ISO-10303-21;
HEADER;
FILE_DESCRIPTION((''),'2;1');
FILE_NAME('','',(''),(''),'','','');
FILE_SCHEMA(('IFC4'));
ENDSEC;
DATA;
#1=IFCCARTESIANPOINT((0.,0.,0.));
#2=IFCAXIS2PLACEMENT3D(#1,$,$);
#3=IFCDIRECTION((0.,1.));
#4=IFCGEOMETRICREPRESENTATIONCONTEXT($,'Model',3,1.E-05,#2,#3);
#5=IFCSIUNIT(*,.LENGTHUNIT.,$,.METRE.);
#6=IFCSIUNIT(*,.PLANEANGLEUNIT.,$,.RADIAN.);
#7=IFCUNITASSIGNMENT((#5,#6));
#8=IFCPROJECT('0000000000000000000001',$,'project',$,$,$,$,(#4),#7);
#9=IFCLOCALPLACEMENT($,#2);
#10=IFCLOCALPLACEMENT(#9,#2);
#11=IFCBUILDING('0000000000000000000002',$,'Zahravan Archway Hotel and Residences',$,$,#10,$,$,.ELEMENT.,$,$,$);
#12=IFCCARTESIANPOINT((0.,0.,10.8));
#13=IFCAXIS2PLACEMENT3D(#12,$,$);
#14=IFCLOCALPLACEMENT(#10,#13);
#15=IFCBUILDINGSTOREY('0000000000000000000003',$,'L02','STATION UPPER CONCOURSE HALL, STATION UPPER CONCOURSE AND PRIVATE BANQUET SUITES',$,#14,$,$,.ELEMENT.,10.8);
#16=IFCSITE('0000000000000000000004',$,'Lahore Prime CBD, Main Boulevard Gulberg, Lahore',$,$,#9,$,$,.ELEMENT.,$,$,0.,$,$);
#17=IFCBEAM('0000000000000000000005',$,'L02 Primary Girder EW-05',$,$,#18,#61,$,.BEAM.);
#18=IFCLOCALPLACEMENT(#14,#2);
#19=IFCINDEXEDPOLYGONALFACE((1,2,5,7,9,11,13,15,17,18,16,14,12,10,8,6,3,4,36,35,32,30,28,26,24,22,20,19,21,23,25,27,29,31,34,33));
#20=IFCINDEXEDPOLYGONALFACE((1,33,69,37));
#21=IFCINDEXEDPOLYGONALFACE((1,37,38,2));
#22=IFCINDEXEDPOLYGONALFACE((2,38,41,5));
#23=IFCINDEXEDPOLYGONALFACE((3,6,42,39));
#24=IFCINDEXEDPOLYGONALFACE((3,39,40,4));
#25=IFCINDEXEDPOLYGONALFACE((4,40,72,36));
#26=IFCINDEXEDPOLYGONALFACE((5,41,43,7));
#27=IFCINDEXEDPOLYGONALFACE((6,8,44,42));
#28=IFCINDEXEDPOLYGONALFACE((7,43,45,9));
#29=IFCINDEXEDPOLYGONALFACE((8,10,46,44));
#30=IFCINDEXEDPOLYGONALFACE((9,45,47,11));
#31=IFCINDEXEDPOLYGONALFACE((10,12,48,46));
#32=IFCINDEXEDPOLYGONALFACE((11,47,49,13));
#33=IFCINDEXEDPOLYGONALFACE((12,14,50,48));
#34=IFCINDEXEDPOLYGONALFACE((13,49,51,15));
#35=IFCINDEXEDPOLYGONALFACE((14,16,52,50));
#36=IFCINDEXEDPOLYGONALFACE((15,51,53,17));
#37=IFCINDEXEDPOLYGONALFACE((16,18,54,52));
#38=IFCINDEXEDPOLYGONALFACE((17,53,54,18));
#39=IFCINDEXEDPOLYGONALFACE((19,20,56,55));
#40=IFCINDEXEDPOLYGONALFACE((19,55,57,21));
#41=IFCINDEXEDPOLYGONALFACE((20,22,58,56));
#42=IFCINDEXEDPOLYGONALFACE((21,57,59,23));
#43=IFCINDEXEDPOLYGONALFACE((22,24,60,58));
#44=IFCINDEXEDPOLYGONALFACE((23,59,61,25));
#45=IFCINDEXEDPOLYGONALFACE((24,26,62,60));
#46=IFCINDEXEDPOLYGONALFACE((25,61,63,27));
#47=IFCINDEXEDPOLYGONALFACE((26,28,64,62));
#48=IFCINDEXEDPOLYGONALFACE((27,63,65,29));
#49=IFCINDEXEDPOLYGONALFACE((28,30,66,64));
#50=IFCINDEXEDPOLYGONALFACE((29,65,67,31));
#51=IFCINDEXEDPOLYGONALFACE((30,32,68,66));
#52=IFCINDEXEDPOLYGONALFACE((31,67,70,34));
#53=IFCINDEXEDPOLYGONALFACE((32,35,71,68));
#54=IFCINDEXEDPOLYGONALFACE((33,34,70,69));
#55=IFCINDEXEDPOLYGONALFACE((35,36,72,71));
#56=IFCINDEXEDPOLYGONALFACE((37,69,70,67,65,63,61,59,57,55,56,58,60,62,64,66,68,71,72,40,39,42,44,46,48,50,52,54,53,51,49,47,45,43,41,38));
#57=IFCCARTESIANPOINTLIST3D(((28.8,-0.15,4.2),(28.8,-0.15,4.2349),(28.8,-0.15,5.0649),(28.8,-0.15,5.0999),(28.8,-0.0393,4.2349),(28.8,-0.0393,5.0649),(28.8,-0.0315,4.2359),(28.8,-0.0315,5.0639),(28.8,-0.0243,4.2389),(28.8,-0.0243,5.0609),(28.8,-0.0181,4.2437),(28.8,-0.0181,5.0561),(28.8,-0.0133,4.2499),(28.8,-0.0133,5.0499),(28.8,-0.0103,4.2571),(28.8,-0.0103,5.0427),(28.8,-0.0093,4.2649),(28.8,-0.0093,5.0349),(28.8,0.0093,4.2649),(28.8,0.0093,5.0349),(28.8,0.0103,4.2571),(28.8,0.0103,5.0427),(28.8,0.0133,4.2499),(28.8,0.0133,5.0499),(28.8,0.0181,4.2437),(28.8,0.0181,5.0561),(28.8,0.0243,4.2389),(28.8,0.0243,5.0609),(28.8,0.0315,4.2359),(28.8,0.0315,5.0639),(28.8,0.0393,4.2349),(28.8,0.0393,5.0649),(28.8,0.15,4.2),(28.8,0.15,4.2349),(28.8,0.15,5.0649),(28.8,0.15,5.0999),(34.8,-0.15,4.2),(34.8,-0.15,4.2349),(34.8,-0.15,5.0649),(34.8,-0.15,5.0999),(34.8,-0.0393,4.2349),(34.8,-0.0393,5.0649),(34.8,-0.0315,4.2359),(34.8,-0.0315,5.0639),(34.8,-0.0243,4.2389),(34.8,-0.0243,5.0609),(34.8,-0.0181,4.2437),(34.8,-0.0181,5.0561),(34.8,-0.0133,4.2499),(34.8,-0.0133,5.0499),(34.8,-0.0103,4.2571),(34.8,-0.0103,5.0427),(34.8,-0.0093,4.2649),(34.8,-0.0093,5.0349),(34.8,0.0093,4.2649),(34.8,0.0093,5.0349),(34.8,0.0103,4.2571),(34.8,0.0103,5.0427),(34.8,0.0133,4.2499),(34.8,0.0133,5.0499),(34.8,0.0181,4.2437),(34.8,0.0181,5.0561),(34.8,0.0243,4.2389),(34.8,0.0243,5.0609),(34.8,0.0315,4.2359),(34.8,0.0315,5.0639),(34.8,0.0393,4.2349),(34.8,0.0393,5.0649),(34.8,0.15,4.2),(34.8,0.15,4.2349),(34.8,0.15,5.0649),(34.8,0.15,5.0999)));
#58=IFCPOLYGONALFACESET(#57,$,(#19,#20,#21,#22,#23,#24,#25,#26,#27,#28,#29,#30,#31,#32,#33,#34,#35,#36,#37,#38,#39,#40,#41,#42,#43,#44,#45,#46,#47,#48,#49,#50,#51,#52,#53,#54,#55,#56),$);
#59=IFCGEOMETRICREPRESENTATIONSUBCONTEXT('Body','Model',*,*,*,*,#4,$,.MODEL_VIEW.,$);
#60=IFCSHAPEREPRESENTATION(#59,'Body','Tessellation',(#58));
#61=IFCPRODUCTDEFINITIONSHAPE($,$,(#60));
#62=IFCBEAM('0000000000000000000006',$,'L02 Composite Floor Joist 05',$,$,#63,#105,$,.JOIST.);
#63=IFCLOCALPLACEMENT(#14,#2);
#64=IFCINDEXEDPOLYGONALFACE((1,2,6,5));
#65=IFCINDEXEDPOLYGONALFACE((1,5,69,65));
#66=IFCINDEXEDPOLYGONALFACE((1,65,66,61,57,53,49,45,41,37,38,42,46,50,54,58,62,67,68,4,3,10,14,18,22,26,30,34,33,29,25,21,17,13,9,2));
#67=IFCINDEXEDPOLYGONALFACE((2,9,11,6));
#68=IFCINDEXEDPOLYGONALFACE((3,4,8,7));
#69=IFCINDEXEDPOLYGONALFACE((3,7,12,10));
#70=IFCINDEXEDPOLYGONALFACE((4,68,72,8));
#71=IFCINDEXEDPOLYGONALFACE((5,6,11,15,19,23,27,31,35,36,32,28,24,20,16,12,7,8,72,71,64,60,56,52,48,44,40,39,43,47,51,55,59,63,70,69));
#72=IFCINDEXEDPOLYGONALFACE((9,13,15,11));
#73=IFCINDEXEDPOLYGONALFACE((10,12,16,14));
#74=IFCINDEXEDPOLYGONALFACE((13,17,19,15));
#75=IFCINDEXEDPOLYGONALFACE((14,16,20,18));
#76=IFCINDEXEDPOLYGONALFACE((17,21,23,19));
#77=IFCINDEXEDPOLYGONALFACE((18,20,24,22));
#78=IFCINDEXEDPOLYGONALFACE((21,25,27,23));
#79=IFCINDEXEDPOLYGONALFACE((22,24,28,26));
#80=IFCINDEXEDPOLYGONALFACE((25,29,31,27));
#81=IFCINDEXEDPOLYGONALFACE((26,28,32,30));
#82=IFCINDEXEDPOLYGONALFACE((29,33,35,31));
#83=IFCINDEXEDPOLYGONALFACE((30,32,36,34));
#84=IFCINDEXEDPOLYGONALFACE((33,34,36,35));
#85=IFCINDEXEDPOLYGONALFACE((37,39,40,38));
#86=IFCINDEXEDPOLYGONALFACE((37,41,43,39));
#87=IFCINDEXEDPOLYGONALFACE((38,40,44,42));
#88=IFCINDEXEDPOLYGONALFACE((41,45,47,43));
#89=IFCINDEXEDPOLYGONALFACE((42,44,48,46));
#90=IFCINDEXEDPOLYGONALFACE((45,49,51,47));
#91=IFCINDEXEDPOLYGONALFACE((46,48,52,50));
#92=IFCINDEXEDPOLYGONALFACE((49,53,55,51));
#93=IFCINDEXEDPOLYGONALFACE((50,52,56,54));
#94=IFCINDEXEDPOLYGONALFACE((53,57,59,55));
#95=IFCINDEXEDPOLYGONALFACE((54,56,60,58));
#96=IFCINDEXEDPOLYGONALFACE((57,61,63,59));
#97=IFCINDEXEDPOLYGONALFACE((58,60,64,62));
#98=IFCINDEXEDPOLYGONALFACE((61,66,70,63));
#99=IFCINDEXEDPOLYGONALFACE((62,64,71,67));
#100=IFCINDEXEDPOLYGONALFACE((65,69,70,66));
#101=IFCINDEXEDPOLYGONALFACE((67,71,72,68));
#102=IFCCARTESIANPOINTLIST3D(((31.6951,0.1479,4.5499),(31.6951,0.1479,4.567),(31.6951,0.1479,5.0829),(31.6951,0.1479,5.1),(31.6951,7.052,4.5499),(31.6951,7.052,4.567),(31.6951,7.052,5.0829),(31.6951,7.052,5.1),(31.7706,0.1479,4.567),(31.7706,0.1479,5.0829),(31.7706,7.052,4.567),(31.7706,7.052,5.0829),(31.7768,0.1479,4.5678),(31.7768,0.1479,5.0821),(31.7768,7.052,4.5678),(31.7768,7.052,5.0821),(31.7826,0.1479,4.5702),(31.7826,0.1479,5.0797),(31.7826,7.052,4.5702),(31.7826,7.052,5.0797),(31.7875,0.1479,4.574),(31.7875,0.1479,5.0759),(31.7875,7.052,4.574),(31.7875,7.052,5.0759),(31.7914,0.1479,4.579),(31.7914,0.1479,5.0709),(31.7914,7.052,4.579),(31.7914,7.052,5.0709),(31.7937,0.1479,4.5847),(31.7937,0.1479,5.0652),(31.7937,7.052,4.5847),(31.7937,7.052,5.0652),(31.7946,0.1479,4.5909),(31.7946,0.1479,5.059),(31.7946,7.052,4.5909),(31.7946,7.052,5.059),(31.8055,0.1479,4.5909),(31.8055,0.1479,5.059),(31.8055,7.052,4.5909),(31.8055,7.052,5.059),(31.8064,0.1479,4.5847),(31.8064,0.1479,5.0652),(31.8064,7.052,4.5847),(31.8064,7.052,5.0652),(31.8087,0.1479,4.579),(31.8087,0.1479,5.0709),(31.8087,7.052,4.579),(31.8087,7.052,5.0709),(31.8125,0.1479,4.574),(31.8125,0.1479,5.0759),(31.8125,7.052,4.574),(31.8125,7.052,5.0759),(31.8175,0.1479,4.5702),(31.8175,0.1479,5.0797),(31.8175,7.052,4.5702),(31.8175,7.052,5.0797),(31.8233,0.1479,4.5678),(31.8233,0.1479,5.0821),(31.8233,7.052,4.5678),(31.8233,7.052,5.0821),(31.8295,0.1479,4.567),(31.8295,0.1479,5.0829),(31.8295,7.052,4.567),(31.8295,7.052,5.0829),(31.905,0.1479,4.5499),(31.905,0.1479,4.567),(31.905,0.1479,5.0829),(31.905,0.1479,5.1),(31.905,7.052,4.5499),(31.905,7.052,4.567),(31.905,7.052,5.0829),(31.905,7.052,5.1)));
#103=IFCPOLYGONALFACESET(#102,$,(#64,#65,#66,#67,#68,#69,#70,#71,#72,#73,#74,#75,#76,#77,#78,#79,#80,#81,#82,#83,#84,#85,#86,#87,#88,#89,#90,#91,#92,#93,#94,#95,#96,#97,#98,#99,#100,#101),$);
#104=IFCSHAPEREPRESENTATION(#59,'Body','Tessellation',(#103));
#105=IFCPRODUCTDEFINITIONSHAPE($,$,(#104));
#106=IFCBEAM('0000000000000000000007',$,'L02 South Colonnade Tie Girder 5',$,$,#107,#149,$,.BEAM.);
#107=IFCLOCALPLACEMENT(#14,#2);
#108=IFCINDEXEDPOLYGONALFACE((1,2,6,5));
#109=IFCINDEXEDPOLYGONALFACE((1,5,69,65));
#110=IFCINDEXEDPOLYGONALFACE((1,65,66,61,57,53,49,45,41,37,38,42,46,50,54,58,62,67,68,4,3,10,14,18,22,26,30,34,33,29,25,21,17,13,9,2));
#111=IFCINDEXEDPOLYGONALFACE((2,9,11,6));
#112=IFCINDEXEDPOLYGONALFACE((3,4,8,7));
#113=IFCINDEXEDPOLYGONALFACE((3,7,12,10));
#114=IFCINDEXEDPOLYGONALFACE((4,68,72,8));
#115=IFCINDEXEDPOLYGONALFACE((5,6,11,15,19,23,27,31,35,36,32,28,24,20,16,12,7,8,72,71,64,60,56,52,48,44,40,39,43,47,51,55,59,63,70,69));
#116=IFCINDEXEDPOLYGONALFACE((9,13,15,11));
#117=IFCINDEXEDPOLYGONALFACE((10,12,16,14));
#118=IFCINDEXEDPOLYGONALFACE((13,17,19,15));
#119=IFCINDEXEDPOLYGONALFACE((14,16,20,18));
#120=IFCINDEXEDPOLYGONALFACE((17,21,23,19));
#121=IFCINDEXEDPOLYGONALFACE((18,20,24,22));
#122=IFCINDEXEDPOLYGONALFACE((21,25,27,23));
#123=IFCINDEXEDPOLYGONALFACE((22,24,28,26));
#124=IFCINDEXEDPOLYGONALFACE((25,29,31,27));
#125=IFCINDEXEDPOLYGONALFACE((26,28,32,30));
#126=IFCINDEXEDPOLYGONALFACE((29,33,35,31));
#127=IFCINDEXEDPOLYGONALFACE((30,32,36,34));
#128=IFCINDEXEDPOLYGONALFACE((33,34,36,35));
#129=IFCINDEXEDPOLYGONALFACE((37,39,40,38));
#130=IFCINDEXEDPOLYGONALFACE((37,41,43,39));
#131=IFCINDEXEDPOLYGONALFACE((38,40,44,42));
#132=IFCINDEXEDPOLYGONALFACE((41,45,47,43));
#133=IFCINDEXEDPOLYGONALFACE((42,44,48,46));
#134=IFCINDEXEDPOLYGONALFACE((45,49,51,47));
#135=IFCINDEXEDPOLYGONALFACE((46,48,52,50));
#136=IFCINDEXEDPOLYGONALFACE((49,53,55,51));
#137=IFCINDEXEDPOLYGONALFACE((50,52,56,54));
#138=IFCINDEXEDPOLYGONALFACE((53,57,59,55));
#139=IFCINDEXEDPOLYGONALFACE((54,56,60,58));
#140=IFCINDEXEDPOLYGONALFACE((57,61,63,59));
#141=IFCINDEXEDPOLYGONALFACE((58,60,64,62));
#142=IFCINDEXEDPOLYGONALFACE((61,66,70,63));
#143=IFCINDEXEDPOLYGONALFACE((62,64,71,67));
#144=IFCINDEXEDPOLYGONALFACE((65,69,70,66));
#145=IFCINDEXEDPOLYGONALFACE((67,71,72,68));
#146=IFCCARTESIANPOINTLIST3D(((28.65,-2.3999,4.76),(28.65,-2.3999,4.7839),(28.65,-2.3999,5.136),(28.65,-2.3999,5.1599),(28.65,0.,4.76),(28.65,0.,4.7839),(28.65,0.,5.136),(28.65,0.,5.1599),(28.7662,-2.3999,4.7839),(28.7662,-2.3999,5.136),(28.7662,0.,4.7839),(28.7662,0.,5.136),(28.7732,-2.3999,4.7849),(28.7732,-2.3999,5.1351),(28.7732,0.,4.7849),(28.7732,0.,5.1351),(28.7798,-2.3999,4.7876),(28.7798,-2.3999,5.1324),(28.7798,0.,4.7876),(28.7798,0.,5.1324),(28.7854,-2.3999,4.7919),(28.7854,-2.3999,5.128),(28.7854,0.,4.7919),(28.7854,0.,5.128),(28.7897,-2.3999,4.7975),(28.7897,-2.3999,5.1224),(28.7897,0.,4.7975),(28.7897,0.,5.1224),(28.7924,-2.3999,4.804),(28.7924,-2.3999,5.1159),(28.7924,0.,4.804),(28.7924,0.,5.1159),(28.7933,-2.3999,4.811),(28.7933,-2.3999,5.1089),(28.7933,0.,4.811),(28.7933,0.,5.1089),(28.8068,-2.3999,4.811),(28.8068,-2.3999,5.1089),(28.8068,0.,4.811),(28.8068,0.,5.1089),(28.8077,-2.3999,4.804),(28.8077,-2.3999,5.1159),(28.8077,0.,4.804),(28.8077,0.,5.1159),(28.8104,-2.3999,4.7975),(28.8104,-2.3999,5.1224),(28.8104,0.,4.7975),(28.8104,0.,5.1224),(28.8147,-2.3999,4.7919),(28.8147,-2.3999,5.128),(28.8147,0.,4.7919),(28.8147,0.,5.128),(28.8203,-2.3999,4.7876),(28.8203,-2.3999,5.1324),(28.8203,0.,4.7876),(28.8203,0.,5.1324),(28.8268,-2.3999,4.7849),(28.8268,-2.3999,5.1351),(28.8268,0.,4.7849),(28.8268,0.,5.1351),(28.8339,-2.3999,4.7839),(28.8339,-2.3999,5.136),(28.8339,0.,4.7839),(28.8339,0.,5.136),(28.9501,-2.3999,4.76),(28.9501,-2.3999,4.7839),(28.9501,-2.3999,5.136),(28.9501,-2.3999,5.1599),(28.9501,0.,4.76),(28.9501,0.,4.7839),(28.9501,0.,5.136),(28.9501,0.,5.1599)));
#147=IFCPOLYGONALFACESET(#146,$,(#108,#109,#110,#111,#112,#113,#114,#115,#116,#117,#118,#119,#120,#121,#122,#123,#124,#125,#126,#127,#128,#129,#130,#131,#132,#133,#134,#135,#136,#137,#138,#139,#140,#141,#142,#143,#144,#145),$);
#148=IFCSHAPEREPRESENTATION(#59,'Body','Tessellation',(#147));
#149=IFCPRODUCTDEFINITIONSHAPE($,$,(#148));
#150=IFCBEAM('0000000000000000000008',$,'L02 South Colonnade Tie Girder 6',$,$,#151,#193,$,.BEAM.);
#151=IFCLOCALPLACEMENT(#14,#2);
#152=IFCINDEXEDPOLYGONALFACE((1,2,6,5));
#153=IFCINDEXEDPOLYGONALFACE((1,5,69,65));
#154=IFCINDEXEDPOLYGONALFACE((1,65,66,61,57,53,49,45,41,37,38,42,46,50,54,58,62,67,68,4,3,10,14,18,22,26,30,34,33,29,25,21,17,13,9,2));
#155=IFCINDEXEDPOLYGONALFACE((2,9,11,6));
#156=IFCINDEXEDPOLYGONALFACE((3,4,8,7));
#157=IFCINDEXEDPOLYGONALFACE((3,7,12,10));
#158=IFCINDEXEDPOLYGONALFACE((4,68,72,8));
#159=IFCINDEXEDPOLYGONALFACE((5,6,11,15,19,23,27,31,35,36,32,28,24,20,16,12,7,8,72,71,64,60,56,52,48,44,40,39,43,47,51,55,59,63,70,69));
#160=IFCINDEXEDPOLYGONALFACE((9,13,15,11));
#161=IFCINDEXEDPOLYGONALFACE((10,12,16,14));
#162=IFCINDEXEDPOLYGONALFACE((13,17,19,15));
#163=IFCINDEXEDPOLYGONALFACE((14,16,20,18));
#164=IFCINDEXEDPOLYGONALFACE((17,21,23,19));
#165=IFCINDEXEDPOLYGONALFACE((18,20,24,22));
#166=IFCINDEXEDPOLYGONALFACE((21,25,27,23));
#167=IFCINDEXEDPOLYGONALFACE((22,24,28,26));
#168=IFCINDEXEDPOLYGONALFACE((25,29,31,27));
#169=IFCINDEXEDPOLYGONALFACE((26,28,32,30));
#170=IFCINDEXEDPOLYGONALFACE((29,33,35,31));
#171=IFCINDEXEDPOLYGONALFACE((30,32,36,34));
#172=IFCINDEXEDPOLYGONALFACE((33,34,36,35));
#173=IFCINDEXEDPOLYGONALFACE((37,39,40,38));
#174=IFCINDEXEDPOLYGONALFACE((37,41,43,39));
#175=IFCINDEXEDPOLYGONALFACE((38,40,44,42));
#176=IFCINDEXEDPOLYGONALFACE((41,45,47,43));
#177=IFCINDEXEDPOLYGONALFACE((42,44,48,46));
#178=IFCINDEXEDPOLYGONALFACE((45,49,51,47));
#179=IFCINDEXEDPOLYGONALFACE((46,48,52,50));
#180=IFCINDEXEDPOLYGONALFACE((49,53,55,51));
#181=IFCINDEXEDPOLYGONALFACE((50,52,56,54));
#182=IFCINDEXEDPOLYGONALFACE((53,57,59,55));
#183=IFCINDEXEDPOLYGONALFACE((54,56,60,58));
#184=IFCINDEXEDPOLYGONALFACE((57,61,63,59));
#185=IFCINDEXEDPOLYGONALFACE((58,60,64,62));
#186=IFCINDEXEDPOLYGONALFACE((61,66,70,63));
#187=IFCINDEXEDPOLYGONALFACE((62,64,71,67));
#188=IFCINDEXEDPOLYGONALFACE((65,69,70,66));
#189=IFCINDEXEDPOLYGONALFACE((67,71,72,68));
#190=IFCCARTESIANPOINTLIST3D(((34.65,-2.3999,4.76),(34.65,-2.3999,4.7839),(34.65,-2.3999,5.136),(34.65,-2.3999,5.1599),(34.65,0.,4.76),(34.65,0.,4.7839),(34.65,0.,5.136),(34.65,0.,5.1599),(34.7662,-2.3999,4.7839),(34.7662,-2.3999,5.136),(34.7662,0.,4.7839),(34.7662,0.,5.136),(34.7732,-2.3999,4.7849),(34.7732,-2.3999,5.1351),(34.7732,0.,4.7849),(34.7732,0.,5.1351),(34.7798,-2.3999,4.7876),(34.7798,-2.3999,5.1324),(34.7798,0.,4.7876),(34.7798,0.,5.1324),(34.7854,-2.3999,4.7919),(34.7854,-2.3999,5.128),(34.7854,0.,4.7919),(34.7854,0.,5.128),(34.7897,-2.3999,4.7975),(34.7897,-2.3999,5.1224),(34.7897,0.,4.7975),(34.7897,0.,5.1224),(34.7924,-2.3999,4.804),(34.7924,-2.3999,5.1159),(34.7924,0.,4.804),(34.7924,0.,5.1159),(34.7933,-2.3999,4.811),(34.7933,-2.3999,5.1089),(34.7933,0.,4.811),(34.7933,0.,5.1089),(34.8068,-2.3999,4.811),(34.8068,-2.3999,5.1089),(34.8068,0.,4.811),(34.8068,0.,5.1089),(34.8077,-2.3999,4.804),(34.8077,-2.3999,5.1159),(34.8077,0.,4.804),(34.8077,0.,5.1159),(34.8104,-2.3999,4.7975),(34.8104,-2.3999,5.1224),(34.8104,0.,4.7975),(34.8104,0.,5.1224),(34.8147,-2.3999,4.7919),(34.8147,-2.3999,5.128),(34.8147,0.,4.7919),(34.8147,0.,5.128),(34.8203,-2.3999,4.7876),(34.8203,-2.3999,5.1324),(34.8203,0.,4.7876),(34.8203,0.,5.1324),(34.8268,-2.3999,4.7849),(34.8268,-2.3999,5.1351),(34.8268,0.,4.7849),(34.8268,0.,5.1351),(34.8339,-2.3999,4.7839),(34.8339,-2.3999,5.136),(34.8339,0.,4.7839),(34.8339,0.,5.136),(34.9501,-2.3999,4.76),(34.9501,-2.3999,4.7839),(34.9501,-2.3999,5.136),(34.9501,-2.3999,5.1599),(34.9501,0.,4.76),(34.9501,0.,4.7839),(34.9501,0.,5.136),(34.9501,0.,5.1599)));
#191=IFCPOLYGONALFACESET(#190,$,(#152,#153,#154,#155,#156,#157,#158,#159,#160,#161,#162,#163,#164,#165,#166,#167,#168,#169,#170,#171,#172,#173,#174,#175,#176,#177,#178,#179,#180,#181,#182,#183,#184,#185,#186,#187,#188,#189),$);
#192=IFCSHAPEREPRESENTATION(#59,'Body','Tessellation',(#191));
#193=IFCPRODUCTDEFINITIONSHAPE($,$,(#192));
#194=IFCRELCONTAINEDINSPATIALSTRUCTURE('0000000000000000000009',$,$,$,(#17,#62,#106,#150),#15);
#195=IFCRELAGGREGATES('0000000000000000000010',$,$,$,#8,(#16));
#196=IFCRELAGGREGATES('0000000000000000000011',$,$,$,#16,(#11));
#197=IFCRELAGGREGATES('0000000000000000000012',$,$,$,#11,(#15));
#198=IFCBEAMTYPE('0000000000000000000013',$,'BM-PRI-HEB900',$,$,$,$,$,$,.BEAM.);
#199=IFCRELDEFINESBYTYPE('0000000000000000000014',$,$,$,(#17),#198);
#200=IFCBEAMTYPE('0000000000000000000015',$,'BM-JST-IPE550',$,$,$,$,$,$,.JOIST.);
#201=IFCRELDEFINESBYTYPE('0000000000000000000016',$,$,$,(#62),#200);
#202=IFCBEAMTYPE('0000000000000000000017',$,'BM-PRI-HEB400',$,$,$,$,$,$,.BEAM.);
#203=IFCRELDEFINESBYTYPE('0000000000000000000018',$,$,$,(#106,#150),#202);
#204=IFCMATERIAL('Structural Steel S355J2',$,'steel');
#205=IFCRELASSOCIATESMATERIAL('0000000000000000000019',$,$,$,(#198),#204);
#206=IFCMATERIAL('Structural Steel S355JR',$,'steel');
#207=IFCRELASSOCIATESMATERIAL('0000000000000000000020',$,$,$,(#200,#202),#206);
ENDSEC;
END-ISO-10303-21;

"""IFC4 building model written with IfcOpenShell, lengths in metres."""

from ifc_helpers import new_model, si_unit, direction, frame, origin, origin_2d, place, context, subcontext, project, spatial, i_section, extrude, source, transform, mapped, material, material_profile, profile_set, type_object, type_shapes, element, save


model = new_model("IFC4")

# Units and contexts
model_context = context("Model", 3, precision=1e-05, world=origin(), true_north=direction((0.0, 1.0)))
body_context = subcontext(model_context, "Body", "Model", "MODEL_VIEW")
ifc_project = project(units=[si_unit("LENGTHUNIT", "METRE"), si_unit("PLANEANGLEUNIT", "RADIAN")], contexts=[model_context])

# Site, building, storey
site_placement = place(None, origin())
site = spatial("IfcSite", under=ifc_project, at=site_placement, Name="Lahore Prime CBD, Main Boulevard Gulberg, Lahore", CompositionType="ELEMENT", RefElevation=0.0)
building_placement = place(site_placement, origin())
building = spatial("IfcBuilding", under=site, at=building_placement, Name="Zahravan Archway Hotel and Residences", CompositionType="ELEMENT")
storey_placement = place(building_placement, frame((0.0, 0.0, 10.8)))
storey = spatial("IfcBuildingStorey", under=building, at=storey_placement, Name="L02", Description="STATION UPPER CONCOURSE HALL, STATION UPPER CONCOURSE AND PRIVATE BANQUET SUITES", CompositionType="ELEMENT", Elevation=10.8)

# Beams
ifc_material_1 = material(Name="Structural Steel S355J2", Category="steel")
ifc_material_profile_1 = material_profile(ifc_material_1, i_section(OverallWidth=0.3, OverallDepth=0.8999, WebThickness=0.0186, FlangeThickness=0.0349, FilletRadius=0.03, at=origin_2d()), Name="HEB 900", Category="steel")
ifc_profile_set_1 = profile_set([ifc_material_profile_1], Name="Structural Steel S355J2")
beam_type_1 = type_object("IfcBeamType", Name="BM-PRI-HEB900", PredefinedType="BEAM", material=ifc_profile_set_1)
shared_shape_1 = source(origin(), body_context, "Body", "SweptSolid", [
    extrude(i_section(OverallWidth=0.3, OverallDepth=0.8999, WebThickness=0.0186, FlangeThickness=0.0349, FilletRadius=0.03, at=origin_2d()), origin(), (0.0, 0.0, 1.0), 6.0),
])
beam_1_placement = place(storey_placement, frame((28.8, 0.0, 4.6499), z_axis=(1.0, 0.0, 0.0), x_axis=(0.0, 1.0, 0.0)))
element("IfcBeam", 1, at=beam_1_placement, inside=storey, type_object=beam_type_1, Name="L02 Primary Girder EW-05", PredefinedType="BEAM", context=body_context, shape_type="MappedRepresentation", body=[
    mapped(shared_shape_1, transform((0.0, 0.0, 0.0), scale=1.0)),
])
ifc_material_2 = material(Name="Structural Steel S355JR", Category="steel")
ifc_material_profile_2 = material_profile(ifc_material_2, i_section(OverallWidth=0.21, OverallDepth=0.55, WebThickness=0.011, FlangeThickness=0.0171, FilletRadius=0.0239, at=origin_2d()), Name="IPE 550", Category="steel")
ifc_profile_set_2 = profile_set([ifc_material_profile_2], Name="Structural Steel S355JR")
beam_type_2 = type_object("IfcBeamType", Name="BM-JST-IPE550", PredefinedType="JOIST", material=ifc_profile_set_2)
shared_shape_2 = source(origin(), body_context, "Body", "SweptSolid", [
    extrude(i_section(OverallWidth=0.21, OverallDepth=0.55, WebThickness=0.011, FlangeThickness=0.0171, FilletRadius=0.0239, at=origin_2d()), origin(), (0.0, 0.0, 1.0), 6.9041),
])
type_shapes(beam_type_2, [shared_shape_2])
beam_2_placement = place(storey_placement, frame((31.8, 0.1479, 4.825), z_axis=(0.0, 1.0, 0.0), x_axis=(-1.0, 0.0, 0.0)))
element("IfcBeam", 2, at=beam_2_placement, inside=storey, type_object=beam_type_2, Name="L02 Composite Floor Joist 05", PredefinedType="JOIST", context=body_context, shape_type="MappedRepresentation", body=[
    mapped(shared_shape_2, transform((0.0, 0.0, 0.0), scale=1.0)),
])
ifc_material_profile_3 = material_profile(ifc_material_2, i_section(OverallWidth=0.3, OverallDepth=0.3999, WebThickness=0.0134, FlangeThickness=0.0239, FilletRadius=0.0271, at=origin_2d()), Name="HEB 400", Category="steel")
ifc_profile_set_3 = profile_set([ifc_material_profile_3], Name="Structural Steel S355JR")
beam_type_3 = type_object("IfcBeamType", Name="BM-PRI-HEB400", PredefinedType="BEAM", material=ifc_profile_set_3)
shared_shape_3 = source(origin(), body_context, "Body", "SweptSolid", [
    extrude(i_section(OverallWidth=0.3, OverallDepth=0.3999, WebThickness=0.0134, FlangeThickness=0.0239, FilletRadius=0.0271, at=origin_2d()), origin(), (0.0, 0.0, 1.0), 2.3999),
])
for number, where, z_axis, x_axis, name in (
    (3, (28.8, -2.3999, 4.96), (0.0, 1.0, 0.0), (-1.0, 0.0, 0.0), "L02 South Colonnade Tie Girder 5"),
    (4, (34.8, -2.3999, 4.96), (0.0, 1.0, 0.0), (-1.0, 0.0, 0.0), "L02 South Colonnade Tie Girder 6"),
):
    element("IfcBeam", number, at=place(storey_placement, frame(where, z_axis=z_axis, x_axis=x_axis)), inside=storey, type_object=beam_type_3, Name=name, PredefinedType="BEAM", context=body_context, shape_type="MappedRepresentation", body=[
        mapped(shared_shape_3, transform((0.0, 0.0, 0.0), scale=1.0)),
    ])

save(model, "model.ifc")
